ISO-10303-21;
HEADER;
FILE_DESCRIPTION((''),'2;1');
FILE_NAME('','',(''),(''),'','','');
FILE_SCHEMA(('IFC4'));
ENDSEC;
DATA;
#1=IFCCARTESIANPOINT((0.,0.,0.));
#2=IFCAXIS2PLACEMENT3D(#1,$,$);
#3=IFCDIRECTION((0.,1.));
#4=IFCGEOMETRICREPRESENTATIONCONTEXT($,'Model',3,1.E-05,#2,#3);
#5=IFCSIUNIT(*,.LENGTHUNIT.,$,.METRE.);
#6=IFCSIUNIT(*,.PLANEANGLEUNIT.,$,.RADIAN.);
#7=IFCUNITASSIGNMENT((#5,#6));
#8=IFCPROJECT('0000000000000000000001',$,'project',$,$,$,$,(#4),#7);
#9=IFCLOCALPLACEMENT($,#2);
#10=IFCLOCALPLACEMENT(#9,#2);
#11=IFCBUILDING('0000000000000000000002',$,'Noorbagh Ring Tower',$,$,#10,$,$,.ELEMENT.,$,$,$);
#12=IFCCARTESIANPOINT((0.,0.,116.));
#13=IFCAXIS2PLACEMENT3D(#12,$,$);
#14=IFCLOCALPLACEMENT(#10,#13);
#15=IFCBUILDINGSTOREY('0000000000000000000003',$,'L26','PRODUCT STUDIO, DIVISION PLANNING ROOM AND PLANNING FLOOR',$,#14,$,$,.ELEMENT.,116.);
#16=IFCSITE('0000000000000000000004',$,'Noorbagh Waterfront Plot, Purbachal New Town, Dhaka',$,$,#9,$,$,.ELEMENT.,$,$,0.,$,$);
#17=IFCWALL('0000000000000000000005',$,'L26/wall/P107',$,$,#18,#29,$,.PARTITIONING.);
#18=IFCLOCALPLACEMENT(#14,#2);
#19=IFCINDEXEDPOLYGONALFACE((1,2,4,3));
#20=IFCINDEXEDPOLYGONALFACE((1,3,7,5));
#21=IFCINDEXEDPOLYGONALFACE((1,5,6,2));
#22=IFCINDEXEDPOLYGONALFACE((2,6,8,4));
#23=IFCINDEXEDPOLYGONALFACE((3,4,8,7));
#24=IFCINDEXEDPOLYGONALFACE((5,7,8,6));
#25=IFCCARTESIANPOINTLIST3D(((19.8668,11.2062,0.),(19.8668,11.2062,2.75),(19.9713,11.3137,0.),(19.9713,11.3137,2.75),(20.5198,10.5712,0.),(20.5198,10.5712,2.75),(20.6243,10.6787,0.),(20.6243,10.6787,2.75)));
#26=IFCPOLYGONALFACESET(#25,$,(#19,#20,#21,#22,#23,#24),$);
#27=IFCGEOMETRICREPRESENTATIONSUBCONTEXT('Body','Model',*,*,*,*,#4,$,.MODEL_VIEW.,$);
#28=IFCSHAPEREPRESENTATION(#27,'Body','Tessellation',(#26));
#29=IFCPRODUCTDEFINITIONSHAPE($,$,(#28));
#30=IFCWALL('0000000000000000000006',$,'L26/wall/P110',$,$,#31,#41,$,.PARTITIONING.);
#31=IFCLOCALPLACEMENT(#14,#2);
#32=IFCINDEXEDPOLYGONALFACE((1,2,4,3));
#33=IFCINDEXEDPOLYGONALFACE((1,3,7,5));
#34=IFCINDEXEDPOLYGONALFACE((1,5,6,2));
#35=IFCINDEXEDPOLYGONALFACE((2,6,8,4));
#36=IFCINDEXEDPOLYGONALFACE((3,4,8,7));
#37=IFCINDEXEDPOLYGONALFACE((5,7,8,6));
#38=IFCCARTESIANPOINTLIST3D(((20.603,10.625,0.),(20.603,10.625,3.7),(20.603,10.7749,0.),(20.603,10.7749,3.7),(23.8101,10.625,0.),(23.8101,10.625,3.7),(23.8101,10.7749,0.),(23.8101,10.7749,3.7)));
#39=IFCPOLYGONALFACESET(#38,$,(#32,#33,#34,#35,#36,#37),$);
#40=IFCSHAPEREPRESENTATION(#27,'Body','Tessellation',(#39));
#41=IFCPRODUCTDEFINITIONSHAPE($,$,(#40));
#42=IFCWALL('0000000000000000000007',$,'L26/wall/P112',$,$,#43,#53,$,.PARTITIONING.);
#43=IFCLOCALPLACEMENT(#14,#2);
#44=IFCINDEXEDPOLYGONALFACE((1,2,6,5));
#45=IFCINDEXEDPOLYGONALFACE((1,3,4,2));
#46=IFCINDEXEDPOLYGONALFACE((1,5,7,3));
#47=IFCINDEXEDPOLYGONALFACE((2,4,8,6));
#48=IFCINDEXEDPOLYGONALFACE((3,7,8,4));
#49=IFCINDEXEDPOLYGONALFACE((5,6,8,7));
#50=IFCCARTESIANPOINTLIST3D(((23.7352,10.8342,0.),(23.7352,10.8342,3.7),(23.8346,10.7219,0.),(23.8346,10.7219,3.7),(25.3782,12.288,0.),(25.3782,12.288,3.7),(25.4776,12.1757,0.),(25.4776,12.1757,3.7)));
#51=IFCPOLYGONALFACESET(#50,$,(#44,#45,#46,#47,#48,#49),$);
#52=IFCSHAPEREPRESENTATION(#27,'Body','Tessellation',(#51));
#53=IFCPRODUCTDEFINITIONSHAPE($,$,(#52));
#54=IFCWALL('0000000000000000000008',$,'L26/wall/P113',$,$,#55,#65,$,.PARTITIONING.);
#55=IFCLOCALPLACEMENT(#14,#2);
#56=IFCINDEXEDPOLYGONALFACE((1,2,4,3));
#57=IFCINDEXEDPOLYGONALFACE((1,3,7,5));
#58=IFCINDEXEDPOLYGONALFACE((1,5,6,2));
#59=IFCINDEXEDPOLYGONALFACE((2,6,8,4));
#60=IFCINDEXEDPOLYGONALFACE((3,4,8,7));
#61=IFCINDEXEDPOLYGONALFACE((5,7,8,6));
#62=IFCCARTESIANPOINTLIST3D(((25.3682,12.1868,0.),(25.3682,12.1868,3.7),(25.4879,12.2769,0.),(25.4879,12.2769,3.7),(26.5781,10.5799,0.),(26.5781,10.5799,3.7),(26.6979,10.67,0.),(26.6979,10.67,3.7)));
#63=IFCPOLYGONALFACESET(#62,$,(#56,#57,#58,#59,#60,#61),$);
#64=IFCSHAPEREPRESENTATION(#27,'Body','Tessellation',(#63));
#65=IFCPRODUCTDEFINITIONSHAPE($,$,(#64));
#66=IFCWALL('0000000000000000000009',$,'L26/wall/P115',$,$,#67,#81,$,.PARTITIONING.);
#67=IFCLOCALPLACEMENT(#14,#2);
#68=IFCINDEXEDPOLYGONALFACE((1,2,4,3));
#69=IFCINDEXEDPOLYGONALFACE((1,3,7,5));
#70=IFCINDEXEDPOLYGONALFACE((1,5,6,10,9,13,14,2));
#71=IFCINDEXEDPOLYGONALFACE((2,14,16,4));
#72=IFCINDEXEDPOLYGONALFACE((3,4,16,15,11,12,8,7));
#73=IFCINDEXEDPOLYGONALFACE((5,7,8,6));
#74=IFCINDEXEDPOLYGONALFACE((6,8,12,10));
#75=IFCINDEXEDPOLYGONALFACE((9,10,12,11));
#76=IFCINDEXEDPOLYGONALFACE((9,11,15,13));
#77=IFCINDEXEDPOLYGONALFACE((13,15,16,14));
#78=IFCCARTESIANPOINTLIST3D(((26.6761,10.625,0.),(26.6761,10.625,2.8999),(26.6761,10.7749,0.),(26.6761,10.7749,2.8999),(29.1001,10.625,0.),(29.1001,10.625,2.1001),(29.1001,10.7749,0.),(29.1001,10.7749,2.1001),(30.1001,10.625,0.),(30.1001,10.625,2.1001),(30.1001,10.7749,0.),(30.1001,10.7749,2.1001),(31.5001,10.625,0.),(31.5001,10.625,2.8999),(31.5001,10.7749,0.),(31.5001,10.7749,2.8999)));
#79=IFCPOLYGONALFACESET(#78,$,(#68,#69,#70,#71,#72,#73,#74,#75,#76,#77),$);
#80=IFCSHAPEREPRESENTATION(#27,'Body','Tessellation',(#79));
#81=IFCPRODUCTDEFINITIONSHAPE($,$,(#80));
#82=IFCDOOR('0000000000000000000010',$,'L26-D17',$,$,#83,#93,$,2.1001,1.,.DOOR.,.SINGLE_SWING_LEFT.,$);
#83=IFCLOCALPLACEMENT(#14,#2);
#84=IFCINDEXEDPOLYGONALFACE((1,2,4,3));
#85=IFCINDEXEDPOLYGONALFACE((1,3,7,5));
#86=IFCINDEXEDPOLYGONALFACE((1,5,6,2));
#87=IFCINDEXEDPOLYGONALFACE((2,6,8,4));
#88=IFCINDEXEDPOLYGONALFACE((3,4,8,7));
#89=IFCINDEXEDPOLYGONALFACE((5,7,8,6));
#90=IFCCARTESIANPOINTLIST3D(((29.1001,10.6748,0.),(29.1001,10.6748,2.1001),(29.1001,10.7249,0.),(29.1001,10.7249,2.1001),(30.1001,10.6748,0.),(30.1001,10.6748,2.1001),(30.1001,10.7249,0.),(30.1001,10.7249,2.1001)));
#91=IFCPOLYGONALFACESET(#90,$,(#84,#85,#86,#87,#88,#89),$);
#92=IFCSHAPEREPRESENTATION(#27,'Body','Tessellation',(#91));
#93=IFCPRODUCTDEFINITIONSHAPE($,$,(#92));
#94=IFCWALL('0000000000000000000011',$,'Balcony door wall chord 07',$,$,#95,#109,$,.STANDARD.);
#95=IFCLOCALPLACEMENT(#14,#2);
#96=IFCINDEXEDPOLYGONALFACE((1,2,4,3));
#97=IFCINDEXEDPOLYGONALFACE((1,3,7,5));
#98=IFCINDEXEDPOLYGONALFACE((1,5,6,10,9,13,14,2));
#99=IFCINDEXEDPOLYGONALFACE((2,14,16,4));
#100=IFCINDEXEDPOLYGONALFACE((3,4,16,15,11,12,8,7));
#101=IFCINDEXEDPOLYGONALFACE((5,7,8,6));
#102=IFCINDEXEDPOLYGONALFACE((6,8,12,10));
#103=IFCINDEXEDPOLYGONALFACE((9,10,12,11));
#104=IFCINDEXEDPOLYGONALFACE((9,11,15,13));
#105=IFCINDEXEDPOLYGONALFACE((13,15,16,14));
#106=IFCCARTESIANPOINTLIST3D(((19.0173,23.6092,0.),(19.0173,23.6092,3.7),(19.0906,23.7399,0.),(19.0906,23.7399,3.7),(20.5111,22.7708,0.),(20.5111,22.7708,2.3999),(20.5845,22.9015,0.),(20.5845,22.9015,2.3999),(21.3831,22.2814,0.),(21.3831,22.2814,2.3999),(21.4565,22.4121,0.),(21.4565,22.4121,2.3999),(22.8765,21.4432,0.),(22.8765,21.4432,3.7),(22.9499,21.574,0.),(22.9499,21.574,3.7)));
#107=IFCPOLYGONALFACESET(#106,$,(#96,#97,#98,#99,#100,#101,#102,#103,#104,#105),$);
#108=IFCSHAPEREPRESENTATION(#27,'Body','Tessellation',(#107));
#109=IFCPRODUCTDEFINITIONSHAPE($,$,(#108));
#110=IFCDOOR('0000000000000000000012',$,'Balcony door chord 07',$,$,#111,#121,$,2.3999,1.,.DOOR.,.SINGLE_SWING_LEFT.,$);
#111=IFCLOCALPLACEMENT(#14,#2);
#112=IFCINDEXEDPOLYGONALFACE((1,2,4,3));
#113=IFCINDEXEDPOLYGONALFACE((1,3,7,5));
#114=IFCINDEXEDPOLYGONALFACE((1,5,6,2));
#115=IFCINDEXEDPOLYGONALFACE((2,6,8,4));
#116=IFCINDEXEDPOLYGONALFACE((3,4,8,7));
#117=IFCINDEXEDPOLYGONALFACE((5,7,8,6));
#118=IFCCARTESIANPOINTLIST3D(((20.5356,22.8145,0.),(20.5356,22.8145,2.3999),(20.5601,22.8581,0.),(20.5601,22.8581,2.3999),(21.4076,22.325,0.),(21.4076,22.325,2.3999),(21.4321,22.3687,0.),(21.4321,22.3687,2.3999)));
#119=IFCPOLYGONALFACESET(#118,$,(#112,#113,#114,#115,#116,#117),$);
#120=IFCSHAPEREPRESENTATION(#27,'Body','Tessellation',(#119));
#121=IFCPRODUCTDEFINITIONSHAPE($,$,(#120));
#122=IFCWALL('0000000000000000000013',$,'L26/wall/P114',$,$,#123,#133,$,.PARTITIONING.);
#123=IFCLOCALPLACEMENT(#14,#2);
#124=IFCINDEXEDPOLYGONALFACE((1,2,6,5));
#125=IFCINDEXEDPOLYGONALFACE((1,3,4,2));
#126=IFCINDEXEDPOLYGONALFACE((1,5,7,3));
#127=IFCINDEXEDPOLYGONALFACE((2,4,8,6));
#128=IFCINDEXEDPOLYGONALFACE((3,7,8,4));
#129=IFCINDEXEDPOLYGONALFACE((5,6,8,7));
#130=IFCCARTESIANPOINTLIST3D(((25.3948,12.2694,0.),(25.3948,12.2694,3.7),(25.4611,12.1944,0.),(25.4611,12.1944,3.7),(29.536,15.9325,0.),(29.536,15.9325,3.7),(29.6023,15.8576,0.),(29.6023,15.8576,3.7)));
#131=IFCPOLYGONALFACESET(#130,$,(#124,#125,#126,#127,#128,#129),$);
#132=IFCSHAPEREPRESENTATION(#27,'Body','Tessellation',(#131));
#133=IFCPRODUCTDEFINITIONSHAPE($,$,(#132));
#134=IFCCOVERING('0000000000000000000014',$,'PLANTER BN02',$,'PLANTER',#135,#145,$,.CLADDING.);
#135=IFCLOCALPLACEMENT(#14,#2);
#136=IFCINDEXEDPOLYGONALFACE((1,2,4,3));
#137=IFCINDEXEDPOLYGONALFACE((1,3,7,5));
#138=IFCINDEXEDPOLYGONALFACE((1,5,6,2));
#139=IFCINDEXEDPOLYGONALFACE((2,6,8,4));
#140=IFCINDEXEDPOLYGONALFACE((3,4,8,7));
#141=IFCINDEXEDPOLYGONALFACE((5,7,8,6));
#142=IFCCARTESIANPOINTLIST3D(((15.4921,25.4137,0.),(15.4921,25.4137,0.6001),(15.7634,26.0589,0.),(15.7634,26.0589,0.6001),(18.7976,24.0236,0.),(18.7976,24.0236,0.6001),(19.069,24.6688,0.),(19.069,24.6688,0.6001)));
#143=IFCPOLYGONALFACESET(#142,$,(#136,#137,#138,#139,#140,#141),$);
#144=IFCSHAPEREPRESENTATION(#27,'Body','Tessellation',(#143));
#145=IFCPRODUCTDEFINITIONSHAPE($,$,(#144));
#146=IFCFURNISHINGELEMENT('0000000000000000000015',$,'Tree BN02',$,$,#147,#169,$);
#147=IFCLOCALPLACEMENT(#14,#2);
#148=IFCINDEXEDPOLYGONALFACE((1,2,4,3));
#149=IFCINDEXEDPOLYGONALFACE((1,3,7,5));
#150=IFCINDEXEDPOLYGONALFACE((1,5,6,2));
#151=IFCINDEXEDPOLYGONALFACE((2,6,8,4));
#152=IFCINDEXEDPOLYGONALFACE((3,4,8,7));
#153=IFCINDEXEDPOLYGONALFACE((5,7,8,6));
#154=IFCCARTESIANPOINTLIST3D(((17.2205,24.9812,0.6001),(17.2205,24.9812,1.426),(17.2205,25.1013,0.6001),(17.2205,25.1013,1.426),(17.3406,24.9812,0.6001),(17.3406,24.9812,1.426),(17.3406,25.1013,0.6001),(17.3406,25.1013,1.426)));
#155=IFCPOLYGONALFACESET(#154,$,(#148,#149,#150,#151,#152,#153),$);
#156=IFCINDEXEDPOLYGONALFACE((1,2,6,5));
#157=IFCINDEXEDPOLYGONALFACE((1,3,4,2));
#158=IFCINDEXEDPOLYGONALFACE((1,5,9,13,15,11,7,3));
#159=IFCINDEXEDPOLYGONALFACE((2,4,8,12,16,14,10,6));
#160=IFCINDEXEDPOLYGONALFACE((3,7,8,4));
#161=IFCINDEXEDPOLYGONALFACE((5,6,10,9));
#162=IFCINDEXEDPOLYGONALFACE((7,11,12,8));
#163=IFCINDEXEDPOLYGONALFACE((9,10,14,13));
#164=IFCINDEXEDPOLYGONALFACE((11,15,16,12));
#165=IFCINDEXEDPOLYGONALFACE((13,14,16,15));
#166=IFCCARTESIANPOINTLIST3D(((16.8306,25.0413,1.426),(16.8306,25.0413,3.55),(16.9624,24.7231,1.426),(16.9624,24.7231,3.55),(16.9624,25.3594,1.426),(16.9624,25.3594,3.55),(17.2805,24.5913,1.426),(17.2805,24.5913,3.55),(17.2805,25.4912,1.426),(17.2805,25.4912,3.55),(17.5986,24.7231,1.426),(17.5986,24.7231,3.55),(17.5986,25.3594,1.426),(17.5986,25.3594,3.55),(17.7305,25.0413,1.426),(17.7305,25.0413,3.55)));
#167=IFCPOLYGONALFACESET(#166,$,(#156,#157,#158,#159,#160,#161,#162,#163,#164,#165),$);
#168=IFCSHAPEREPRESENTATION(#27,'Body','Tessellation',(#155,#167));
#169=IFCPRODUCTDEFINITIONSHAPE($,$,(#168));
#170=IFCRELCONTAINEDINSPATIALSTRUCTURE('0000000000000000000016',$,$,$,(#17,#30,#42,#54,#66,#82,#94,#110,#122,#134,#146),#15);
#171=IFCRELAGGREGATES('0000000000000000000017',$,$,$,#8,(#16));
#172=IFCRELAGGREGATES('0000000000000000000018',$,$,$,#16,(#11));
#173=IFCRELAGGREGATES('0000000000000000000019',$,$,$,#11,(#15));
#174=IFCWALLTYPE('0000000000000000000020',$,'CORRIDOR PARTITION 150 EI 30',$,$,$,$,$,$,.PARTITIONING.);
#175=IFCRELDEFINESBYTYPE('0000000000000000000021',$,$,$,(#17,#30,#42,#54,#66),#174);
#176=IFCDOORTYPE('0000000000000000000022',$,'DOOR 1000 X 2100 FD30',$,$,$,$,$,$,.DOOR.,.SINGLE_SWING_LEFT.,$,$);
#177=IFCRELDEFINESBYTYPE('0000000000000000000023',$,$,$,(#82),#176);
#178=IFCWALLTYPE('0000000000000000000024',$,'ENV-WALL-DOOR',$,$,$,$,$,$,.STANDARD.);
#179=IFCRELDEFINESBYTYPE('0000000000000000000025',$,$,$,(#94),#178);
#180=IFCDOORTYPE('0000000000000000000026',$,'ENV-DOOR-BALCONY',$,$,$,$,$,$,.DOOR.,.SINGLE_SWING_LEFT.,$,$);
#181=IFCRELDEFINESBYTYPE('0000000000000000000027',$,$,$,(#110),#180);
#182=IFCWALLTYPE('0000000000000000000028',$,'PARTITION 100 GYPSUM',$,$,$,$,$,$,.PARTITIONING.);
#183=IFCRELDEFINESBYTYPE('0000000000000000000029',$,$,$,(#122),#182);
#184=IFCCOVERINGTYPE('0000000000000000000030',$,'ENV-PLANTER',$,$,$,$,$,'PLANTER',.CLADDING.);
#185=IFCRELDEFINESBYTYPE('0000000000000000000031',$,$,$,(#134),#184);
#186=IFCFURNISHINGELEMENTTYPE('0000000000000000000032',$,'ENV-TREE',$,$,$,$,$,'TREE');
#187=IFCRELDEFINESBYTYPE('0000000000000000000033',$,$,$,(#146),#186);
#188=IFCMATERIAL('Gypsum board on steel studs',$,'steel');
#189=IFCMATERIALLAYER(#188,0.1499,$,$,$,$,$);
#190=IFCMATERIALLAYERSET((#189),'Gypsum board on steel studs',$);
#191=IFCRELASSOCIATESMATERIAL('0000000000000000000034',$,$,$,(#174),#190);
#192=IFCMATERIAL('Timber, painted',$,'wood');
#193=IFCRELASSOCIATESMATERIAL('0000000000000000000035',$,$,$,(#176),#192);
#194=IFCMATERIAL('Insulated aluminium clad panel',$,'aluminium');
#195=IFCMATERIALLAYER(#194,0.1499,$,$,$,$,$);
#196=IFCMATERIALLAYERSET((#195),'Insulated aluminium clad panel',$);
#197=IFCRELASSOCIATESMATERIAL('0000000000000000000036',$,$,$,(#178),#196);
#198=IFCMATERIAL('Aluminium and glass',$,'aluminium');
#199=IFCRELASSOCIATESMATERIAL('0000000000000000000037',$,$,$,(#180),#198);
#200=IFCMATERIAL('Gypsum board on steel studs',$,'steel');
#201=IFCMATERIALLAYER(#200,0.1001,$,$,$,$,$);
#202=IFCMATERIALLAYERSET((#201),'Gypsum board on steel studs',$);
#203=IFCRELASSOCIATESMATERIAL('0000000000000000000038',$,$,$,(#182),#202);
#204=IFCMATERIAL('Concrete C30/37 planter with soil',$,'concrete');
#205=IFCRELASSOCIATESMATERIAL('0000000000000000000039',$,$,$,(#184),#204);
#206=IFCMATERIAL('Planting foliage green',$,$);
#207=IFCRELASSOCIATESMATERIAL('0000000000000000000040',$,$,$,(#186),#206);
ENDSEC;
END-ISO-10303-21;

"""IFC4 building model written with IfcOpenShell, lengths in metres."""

from ifc_helpers import new_model, si_unit, direction, frame, frame_2d, origin, origin_2d, place, context, subcontext, project, spatial, polyline, rectangle, outline, extrude, material, layer, layer_set, type_object, element, fill, save


model = new_model("IFC4")

# Units and contexts
model_context = context("Model", 3, precision=1e-05, world=origin(), true_north=direction((0.0, 1.0)))
body_context = subcontext(model_context, "Body", "Model", "MODEL_VIEW")
ifc_project = project(units=[si_unit("LENGTHUNIT", "METRE"), si_unit("PLANEANGLEUNIT", "RADIAN")], contexts=[model_context])

# Site, building, storey
site_placement = place(None, origin())
site = spatial("IfcSite", under=ifc_project, at=site_placement, Name="Noorbagh Waterfront Plot, Purbachal New Town, Dhaka", CompositionType="ELEMENT", RefElevation=0.0)
building_placement = place(site_placement, origin())
building = spatial("IfcBuilding", under=site, at=building_placement, Name="Noorbagh Ring Tower", CompositionType="ELEMENT")
storey_placement = place(building_placement, frame((0.0, 0.0, 116.0)))
storey = spatial("IfcBuildingStorey", under=building, at=storey_placement, Name="L26", Description="PRODUCT STUDIO, DIVISION PLANNING ROOM AND PLANNING FLOOR", CompositionType="ELEMENT", Elevation=116.0)

# Walls
ifc_material_1 = material(Name="Gypsum board on steel studs", Category="steel")
ifc_layer_1 = layer(ifc_material_1, 0.1499)
ifc_layer_set_1 = layer_set([ifc_layer_1], Name="Gypsum board on steel studs")
wall_type_1 = type_object("IfcWallType", Name="CORRIDOR PARTITION 150 EI 30", PredefinedType="PARTITIONING", material=ifc_layer_set_1)
wall_1_placement = place(storey_placement, frame((19.9189, 11.26, 0.0), z_axis=(0.0, 0.0, 1.0), x_axis=(0.716954, -0.69712, 0.0)))
element("IfcWall", 1, at=wall_1_placement, inside=storey, type_object=wall_type_1, Name="L26/wall/P107", PredefinedType="PARTITIONING", context=body_context, shape_type="SweptSolid", body=[
    extrude(rectangle(XDim=0.9109, YDim=0.1499, at=frame_2d((0.4556, 0.0))), origin(), (0.0, 0.0, 1.0), 2.75),
])
wall_2_placement = place(storey_placement, frame((20.603, 10.7, 0.0), z_axis=(0.0, 0.0, 1.0), x_axis=(1.0, 0.0, 0.0)))
element("IfcWall", 2, at=wall_2_placement, inside=storey, type_object=wall_type_1, Name="L26/wall/P110", PredefinedType="PARTITIONING", context=body_context, shape_type="SweptSolid", body=[
    extrude(rectangle(XDim=3.207, YDim=0.1499, at=frame_2d((1.6035, 0.0))), origin(), (0.0, 0.0, 1.0), 3.7),
])
wall_3_placement = place(storey_placement, frame((23.7849, 10.7781, 0.0), z_axis=(0.0, 0.0, 1.0), x_axis=(0.748912, 0.66267, 0.0)))
element("IfcWall", 3, at=wall_3_placement, inside=storey, type_object=wall_type_1, Name="L26/wall/P112", PredefinedType="PARTITIONING", context=body_context, shape_type="SweptSolid", body=[
    extrude(rectangle(XDim=2.1938, YDim=0.1499, at=frame_2d((1.0969, 0.0))), origin(), (0.0, 0.0, 1.0), 3.7),
])
wall_4_placement = place(storey_placement, frame((25.428, 12.2319, 0.0), z_axis=(0.0, 0.0, 1.0), x_axis=(0.601514, -0.798863, 0.0)))
element("IfcWall", 4, at=wall_4_placement, inside=storey, type_object=wall_type_1, Name="L26/wall/P113", PredefinedType="PARTITIONING", context=body_context, shape_type="SweptSolid", body=[
    extrude(rectangle(XDim=2.0115, YDim=0.1499, at=frame_2d((1.0059, 0.0))), origin(), (0.0, 0.0, 1.0), 3.7),
])

# Walls, openings, doors
wall_5_placement = place(storey_placement, frame((26.676, 10.7, 0.0), z_axis=(0.0, 0.0, 1.0), x_axis=(1.0, 0.0, 0.0)))
wall_5 = element("IfcWall", 5, at=wall_5_placement, inside=storey, type_object=wall_type_1, Name="L26/wall/P115", PredefinedType="PARTITIONING", context=body_context, shape_type="SweptSolid", body=[
    extrude(rectangle(XDim=4.824, YDim=0.1499, at=frame_2d((2.4121, 0.0))), origin(), (0.0, 0.0, 1.0), 2.8999),
])
opening_1_placement = place(wall_5_placement, frame((2.4241, 0.0, 0.0)))
opening_1 = element("IfcOpeningElement", 6, at=opening_1_placement, cuts=wall_5, PredefinedType="OPENING", context=body_context, shape_type="SweptSolid", body=[
    extrude(rectangle(XDim=1.0, YDim=2.1001, at=frame_2d((0.5, 1.05))), frame((0.0, 0.085, 0.0), z_axis=(0.0, -1.0, 0.0), x_axis=(1.0, 0.0, 0.0)), (0.0, 0.0, 1.0), 0.1699),
])
ifc_material_2 = material(Name="Timber, painted", Category="wood")
door_type_1 = type_object("IfcDoorType", Name="DOOR 1000 X 2100 FD30", OperationType="SINGLE_SWING_LEFT", PredefinedType="DOOR", material=ifc_material_2)
door_1_placement = place(opening_1_placement, origin())
door_1 = element("IfcDoor", 7, at=door_1_placement, inside=storey, type_object=door_type_1, Name="L26-D17", OperationType="SINGLE_SWING_LEFT", OverallHeight=2.1001, OverallWidth=1.0, PredefinedType="DOOR", context=body_context, shape_type="SweptSolid", body=[
    extrude(rectangle(XDim=1.0, YDim=2.1001, at=frame_2d((0.5, 1.05))), frame((0.0, 0.0249, 0.0), z_axis=(0.0, -1.0, 0.0), x_axis=(1.0, 0.0, 0.0)), (0.0, 0.0, 1.0), 0.05),
])
fill(opening_1, door_1)
ifc_material_3 = material(Name="Insulated aluminium clad panel", Category="aluminium")
ifc_layer_2 = layer(ifc_material_3, 0.1499)
ifc_layer_set_2 = layer_set([ifc_layer_2], Name="Insulated aluminium clad panel")
wall_type_2 = type_object("IfcWallType", Name="ENV-WALL-DOOR", PredefinedType="STANDARD", material=ifc_layer_set_2)
wall_6_placement = place(storey_placement, frame((22.9133, 21.5085, 0.0), z_axis=(0.0, 0.0, 1.0), x_axis=(-0.872047, 0.489423, 0.0)))
wall_6 = element("IfcWall", 8, at=wall_6_placement, inside=storey, type_object=wall_type_2, Name="Balcony door wall chord 07", PredefinedType="STANDARD", context=body_context, shape_type="SweptSolid", body=[
    extrude(rectangle(XDim=4.4255, YDim=0.1499, at=frame_2d((2.2129, 0.0))), origin(), (0.0, 0.0, 1.0), 3.7),
])
opening_2_placement = place(wall_6_placement, frame((1.7126, 0.0, 0.0)))
opening_2 = element("IfcOpeningElement", 9, at=opening_2_placement, cuts=wall_6, PredefinedType="OPENING", context=body_context, shape_type="SweptSolid", body=[
    extrude(rectangle(XDim=1.0, YDim=2.3999, at=frame_2d((0.5, 1.2))), frame((0.0, 0.085, 0.0), z_axis=(0.0, -1.0, 0.0), x_axis=(1.0, 0.0, 0.0)), (0.0, 0.0, 1.0), 0.1699),
])
ifc_material_4 = material(Name="Aluminium and glass", Category="aluminium")
door_type_2 = type_object("IfcDoorType", Name="ENV-DOOR-BALCONY", OperationType="SINGLE_SWING_LEFT", PredefinedType="DOOR", material=ifc_material_4)
door_2_placement = place(opening_2_placement, origin())
door_2 = element("IfcDoor", 10, at=door_2_placement, inside=storey, type_object=door_type_2, Name="Balcony door chord 07", OperationType="SINGLE_SWING_LEFT", OverallHeight=2.3999, OverallWidth=1.0, PredefinedType="DOOR", context=body_context, shape_type="SweptSolid", body=[
    extrude(rectangle(XDim=1.0, YDim=2.3999, at=frame_2d((0.5, 1.2))), frame((0.0, 0.0249, 0.0), z_axis=(0.0, -1.0, 0.0), x_axis=(1.0, 0.0, 0.0)), (0.0, 0.0, 1.0), 0.05),
])
fill(opening_2, door_2)

# Wall
ifc_material_5 = material(Name="Gypsum board on steel studs", Category="steel")
ifc_layer_3 = layer(ifc_material_5, 0.1001)
ifc_layer_set_3 = layer_set([ifc_layer_3], Name="Gypsum board on steel studs")
wall_type_3 = type_object("IfcWallType", Name="PARTITION 100 GYPSUM", PredefinedType="PARTITIONING", material=ifc_layer_set_3)
wall_7_placement = place(storey_placement, frame((25.428, 12.2319, 0.0), z_axis=(0.0, 0.0, 1.0), x_axis=(0.749015, 0.662553, 0.0)))
element("IfcWall", 11, at=wall_7_placement, inside=storey, type_object=wall_type_3, Name="L26/wall/P114", PredefinedType="PARTITIONING", context=body_context, shape_type="SweptSolid", body=[
    extrude(rectangle(XDim=5.5288, YDim=0.1001, at=frame_2d((2.7644, 0.0))), origin(), (0.0, 0.0, 1.0), 3.7),
])

# Covering
ifc_material_6 = material(Name="Concrete C30/37 planter with soil", Category="concrete")
covering_type = type_object("IfcCoveringType", Name="ENV-PLANTER", ElementType="PLANTER", PredefinedType="CLADDING", material=ifc_material_6)
covering_placement = place(storey_placement, frame((17.2805, 25.0413, 0.0), z_axis=(0.0, 0.0, 1.0), x_axis=(-0.921812, 0.387638, 0.0)))
element("IfcCovering", 12, at=covering_placement, inside=storey, type_object=covering_type, Name="PLANTER BN02", ObjectType="PLANTER", PredefinedType="CLADDING", context=body_context, shape_type="SweptSolid", body=[
    extrude(rectangle(XDim=3.5859, YDim=0.7, at=origin_2d()), origin(), (0.0, 0.0, 1.0), 0.6001),
])

# Furnishing element
ifc_material_7 = material(Name="Planting foliage green")
furnishing_element_type = type_object("IfcFurnishingElementType", Name="ENV-TREE", ElementType="TREE", material=ifc_material_7)
furnishing_placement = place(storey_placement, frame((17.2805, 25.0413, 0.6001), z_axis=(0.0, 0.0, 1.0), x_axis=(1.0, 0.0, 0.0)))
element("IfcFurnishingElement", 13, at=furnishing_placement, inside=storey, type_object=furnishing_element_type, Name="Tree BN02", context=body_context, shape_type="SweptSolid", body=[
    extrude(rectangle(XDim=0.1201, YDim=0.1201, at=origin_2d()), origin(), (0.0, 0.0, 1.0), 0.8259),
    extrude(outline(polyline([(0.45, 0.0), (0.3181, 0.3181), (0.0, 0.45), (-0.3181, 0.3181), (-0.45, 0.0), (-0.3181, -0.3181), (0.0, -0.45), (0.3181, -0.3181), (0.45, 0.0)])), frame((0.0, 0.0, 0.8259)), (0.0, 0.0, 1.0), 2.124),
])

save(model, "model.ifc")
